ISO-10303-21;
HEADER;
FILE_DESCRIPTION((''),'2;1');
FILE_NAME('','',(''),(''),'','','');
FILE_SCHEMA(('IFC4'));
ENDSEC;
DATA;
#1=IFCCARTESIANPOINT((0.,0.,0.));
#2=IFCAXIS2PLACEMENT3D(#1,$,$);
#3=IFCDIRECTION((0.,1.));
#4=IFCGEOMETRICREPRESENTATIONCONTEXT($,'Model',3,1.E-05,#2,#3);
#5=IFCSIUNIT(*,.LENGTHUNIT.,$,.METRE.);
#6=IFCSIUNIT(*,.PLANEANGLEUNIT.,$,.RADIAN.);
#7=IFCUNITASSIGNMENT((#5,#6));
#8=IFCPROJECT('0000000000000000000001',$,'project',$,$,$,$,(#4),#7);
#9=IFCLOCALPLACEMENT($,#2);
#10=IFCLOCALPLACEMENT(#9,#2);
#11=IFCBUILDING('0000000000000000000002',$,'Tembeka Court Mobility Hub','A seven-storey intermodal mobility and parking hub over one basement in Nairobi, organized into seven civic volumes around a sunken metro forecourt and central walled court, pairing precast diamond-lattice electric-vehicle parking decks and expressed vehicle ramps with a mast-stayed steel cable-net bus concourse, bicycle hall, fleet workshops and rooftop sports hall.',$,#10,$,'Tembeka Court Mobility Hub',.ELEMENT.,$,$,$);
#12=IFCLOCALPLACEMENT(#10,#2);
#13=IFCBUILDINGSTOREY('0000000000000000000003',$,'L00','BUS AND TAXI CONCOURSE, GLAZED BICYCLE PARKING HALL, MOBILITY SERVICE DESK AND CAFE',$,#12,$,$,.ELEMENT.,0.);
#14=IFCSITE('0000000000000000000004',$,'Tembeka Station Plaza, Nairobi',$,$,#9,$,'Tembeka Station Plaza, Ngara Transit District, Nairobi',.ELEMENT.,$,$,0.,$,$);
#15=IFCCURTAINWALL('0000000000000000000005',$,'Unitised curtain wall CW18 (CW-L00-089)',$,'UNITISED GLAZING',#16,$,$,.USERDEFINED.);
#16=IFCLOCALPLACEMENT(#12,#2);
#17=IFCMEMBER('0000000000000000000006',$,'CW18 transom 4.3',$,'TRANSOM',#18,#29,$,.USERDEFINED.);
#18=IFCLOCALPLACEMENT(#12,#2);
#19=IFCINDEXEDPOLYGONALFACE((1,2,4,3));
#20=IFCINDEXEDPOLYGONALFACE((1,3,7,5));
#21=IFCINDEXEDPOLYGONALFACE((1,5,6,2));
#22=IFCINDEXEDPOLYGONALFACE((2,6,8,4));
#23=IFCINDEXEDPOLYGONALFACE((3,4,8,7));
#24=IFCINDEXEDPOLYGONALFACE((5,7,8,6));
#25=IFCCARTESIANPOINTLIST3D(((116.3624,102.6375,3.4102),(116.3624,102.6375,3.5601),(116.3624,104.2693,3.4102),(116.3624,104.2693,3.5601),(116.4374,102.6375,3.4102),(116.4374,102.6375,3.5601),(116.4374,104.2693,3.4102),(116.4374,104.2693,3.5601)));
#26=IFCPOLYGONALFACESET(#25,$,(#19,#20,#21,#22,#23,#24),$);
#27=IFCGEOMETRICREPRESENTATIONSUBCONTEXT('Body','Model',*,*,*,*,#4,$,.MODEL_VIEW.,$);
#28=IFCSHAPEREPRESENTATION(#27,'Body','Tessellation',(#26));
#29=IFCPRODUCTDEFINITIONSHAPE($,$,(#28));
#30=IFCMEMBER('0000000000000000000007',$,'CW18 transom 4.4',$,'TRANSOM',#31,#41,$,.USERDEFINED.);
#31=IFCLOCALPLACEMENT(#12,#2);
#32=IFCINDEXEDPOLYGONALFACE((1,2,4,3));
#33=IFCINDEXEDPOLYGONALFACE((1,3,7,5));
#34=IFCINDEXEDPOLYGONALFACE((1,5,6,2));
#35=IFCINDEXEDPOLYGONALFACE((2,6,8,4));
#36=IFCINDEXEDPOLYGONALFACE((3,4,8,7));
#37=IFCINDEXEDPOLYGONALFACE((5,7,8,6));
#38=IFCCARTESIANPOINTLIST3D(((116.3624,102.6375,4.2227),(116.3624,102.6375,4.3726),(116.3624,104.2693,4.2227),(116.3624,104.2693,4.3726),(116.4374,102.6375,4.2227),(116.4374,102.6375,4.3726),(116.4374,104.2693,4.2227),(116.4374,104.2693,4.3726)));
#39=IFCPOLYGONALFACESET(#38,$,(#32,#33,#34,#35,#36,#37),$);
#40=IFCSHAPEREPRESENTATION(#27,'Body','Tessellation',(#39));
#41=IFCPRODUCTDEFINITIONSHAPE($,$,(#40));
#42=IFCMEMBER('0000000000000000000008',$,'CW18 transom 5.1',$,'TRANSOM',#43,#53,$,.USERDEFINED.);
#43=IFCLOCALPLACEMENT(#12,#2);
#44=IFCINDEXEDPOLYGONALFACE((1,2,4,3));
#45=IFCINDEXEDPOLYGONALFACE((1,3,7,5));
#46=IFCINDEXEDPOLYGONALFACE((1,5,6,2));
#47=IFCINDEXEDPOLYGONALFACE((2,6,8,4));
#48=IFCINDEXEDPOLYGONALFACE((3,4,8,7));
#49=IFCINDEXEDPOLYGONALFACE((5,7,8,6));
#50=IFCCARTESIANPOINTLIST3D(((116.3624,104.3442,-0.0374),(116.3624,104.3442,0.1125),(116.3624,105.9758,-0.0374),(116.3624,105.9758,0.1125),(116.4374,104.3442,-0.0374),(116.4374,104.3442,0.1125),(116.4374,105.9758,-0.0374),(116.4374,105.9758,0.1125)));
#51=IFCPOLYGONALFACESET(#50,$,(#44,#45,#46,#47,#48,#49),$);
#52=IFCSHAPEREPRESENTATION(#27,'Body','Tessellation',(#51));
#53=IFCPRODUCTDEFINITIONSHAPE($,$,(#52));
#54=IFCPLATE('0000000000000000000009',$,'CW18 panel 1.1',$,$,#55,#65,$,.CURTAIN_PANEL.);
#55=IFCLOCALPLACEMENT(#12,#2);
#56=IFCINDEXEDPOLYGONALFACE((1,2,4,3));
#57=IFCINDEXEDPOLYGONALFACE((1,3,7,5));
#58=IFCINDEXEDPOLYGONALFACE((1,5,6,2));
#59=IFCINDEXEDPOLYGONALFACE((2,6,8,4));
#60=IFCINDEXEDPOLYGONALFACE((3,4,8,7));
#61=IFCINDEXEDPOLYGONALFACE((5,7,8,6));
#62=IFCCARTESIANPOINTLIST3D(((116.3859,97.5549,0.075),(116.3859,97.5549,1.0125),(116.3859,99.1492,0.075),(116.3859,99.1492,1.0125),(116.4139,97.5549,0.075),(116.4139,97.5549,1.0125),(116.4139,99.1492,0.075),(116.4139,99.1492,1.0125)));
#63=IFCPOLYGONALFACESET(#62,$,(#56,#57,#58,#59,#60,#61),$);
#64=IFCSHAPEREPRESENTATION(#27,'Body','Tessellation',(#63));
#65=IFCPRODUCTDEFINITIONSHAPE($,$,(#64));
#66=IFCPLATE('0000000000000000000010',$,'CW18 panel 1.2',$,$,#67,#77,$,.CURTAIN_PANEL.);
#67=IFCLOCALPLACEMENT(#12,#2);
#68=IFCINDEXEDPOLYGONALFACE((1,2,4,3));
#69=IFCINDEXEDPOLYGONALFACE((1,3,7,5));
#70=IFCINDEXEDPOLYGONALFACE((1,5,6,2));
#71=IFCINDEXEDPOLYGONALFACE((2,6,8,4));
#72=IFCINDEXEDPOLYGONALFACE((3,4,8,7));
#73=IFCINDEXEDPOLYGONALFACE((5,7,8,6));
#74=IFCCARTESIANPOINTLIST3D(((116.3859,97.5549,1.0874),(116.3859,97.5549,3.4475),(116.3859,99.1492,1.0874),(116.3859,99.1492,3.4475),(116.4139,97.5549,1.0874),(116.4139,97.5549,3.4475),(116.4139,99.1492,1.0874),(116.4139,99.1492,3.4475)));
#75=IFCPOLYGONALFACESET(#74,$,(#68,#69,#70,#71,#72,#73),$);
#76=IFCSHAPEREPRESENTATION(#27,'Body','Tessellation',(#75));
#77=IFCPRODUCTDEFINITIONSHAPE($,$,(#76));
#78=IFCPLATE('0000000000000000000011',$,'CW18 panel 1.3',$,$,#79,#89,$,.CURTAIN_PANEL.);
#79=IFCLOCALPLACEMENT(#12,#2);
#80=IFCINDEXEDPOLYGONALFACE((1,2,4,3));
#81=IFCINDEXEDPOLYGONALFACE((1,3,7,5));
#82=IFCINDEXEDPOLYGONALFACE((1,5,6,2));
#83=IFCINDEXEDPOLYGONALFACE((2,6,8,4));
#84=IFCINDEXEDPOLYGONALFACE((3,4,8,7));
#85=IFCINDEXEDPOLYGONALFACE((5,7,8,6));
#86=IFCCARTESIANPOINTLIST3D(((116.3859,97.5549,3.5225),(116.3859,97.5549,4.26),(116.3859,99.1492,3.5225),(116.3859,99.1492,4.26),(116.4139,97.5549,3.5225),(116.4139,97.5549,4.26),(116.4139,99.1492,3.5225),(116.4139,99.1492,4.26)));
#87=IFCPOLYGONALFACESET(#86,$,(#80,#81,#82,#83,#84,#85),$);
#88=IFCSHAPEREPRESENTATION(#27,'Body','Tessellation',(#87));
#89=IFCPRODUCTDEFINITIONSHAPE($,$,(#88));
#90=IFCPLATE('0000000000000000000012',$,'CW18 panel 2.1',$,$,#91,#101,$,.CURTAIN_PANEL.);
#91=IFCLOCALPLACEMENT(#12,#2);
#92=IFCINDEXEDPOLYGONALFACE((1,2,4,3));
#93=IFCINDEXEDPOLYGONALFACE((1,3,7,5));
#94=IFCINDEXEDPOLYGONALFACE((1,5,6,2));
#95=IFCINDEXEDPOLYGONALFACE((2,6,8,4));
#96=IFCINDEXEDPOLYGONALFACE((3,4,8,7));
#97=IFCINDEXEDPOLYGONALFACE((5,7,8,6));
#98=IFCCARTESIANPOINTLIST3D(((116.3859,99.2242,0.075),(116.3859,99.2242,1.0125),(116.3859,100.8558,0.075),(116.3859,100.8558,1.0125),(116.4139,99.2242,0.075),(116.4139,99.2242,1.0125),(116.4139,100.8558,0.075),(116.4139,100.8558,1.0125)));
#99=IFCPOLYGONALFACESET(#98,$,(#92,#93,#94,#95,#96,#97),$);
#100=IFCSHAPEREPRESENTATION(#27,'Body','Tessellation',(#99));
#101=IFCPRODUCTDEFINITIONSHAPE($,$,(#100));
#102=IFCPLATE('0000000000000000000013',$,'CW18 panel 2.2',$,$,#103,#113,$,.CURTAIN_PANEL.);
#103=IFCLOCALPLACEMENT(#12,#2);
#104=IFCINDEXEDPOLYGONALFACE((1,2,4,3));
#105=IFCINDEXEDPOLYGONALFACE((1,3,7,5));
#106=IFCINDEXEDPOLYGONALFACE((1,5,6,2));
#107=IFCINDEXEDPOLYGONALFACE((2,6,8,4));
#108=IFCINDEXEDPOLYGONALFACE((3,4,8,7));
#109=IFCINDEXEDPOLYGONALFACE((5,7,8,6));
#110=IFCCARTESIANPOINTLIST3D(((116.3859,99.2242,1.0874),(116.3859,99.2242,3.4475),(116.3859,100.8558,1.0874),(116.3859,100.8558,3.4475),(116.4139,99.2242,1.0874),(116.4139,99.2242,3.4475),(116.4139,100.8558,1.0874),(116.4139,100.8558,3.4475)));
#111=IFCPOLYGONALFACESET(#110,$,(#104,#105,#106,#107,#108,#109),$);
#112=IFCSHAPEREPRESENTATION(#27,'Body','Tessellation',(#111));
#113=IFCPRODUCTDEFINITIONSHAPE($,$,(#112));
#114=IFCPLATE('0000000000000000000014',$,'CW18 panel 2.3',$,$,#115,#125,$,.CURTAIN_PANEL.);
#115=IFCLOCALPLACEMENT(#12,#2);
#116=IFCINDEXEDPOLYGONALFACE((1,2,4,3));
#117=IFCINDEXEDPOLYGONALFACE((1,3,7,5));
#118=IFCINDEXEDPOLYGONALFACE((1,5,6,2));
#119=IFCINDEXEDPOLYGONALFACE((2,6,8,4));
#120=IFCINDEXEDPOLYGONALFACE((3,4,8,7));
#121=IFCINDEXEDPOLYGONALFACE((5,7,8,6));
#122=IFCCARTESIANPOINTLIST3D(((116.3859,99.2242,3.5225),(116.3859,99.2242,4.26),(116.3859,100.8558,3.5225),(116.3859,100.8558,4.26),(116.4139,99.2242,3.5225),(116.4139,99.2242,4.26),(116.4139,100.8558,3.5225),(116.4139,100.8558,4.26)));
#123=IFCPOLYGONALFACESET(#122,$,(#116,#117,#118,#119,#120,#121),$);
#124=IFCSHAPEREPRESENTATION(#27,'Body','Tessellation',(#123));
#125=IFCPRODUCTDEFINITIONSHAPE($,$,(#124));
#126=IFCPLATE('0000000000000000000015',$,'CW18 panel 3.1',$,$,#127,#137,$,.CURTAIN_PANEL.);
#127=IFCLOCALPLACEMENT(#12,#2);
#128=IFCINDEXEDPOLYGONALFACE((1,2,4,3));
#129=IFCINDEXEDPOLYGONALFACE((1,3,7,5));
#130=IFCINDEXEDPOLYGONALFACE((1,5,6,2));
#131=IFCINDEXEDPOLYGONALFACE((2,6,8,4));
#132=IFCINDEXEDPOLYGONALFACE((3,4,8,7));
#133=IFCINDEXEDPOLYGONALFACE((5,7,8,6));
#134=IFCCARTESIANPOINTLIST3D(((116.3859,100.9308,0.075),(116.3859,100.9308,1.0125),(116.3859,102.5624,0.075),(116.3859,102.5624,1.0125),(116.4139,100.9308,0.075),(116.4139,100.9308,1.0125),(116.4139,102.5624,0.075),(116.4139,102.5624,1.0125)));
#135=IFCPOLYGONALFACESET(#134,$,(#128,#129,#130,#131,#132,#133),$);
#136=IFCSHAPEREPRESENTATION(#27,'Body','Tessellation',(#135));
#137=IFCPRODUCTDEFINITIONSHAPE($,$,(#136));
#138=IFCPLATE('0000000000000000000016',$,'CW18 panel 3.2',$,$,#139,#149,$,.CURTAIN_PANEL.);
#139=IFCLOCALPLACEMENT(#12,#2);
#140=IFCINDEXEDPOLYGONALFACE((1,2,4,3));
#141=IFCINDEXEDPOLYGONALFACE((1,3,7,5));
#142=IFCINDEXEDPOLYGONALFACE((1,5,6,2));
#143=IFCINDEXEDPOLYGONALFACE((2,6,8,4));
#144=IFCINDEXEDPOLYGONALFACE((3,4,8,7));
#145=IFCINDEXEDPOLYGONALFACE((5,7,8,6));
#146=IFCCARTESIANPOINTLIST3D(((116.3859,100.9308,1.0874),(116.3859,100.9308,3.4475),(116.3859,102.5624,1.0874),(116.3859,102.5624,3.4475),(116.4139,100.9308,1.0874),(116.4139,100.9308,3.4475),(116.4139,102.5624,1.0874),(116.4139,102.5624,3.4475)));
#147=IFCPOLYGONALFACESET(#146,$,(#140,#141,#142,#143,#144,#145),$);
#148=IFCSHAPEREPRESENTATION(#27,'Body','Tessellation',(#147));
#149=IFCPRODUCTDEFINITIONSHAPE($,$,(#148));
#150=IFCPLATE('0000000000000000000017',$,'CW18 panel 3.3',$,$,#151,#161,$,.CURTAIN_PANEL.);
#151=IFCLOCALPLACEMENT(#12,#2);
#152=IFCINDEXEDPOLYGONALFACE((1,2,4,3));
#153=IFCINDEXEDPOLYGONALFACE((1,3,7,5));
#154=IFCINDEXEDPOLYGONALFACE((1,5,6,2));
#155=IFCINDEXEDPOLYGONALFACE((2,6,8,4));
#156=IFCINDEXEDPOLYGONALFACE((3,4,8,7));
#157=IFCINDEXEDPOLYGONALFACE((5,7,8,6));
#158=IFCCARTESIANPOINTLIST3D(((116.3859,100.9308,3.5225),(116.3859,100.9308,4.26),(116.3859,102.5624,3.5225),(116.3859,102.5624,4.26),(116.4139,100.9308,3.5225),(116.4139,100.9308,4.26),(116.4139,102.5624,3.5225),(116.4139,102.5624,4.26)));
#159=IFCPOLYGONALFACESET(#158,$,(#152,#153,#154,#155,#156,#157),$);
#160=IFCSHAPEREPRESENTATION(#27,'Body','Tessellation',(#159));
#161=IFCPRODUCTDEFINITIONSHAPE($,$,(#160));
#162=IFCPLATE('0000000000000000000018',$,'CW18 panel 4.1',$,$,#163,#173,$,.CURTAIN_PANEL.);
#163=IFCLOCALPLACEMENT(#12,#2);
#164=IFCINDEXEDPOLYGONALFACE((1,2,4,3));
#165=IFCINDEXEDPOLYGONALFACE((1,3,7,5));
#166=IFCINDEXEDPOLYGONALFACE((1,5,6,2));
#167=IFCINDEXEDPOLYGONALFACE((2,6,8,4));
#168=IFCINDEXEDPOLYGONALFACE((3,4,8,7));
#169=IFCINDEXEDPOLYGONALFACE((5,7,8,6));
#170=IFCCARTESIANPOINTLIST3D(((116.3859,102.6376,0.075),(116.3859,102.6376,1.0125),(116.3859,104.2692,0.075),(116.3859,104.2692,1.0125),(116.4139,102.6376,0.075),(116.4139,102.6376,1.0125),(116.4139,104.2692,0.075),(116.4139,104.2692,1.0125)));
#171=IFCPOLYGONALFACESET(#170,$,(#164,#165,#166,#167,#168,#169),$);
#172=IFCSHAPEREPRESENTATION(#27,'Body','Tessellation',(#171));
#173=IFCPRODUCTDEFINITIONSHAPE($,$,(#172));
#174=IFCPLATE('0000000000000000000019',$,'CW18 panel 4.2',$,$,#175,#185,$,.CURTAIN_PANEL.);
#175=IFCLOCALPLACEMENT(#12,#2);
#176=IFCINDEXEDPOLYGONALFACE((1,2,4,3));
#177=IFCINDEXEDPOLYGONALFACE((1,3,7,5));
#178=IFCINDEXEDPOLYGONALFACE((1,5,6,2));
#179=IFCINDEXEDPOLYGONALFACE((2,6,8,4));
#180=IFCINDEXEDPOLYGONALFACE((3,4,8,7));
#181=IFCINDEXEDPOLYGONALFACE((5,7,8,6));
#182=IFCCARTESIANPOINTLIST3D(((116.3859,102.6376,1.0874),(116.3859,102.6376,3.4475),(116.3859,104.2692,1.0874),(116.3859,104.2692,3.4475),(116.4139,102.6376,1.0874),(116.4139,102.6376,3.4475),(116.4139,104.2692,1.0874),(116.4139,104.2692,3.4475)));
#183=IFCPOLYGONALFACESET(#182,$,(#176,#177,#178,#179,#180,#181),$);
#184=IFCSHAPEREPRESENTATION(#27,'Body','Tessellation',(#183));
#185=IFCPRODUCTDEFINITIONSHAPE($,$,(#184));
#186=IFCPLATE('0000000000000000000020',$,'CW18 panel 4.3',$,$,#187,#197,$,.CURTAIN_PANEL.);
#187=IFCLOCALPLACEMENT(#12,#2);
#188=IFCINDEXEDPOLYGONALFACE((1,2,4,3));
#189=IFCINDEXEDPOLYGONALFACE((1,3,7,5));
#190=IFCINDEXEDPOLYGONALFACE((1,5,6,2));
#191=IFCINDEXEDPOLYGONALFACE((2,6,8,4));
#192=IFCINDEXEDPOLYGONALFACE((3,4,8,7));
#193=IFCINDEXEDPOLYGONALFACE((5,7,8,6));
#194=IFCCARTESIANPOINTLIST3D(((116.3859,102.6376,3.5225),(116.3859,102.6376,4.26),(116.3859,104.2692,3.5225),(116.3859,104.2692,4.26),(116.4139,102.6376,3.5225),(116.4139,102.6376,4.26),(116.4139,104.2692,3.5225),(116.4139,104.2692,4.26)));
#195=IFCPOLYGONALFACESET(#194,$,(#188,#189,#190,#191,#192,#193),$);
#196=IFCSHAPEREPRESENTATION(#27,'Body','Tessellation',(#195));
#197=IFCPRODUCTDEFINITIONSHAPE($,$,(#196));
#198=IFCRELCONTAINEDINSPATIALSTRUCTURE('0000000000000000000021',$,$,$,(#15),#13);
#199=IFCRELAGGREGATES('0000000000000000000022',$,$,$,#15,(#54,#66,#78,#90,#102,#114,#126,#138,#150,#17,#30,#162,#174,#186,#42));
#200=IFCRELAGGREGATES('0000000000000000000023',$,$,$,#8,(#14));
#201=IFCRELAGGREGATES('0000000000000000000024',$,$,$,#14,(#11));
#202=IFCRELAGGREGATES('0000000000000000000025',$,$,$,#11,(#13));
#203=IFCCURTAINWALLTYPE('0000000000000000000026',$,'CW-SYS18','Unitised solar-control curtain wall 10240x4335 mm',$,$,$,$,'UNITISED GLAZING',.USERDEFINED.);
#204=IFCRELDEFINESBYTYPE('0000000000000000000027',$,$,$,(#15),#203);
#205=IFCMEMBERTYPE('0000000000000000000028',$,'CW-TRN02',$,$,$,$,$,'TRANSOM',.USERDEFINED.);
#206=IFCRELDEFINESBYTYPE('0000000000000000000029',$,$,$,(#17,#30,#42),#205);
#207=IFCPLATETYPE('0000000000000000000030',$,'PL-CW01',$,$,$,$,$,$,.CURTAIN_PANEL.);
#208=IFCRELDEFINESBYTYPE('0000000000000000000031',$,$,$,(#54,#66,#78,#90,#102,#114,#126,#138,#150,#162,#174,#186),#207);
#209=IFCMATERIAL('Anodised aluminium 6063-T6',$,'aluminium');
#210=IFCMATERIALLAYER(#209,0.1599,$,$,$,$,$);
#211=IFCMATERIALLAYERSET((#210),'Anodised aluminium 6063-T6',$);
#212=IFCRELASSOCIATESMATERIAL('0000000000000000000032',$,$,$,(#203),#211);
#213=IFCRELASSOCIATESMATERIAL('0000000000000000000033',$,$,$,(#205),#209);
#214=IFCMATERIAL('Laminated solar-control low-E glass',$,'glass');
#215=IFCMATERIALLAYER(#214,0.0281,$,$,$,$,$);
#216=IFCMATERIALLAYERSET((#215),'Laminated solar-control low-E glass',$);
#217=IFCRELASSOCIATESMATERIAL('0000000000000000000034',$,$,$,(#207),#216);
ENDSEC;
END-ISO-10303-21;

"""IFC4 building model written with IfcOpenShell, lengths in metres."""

from ifc_helpers import new_model, si_unit, direction, frame, origin, origin_2d, place, context, subcontext, project, spatial, rectangle, extrude, material, layer, layer_set, material_profile, profile_set, type_object, element, aggregate, save


model = new_model("IFC4")

# Units and contexts
model_context = context("Model", 3, precision=1e-05, world=origin(), true_north=direction((0.0, 1.0)))
body_context = subcontext(model_context, "Body", "Model", "MODEL_VIEW")
ifc_project = project(units=[si_unit("LENGTHUNIT", "METRE"), si_unit("PLANEANGLEUNIT", "RADIAN")], contexts=[model_context])

# Site, building, storey
site_placement = place(None, origin())
site = spatial("IfcSite", under=ifc_project, at=site_placement, Name="Tembeka Station Plaza, Nairobi", LongName="Tembeka Station Plaza, Ngara Transit District, Nairobi", CompositionType="ELEMENT", RefElevation=0.0)
building_placement = place(site_placement, origin())
building = spatial("IfcBuilding", under=site, at=building_placement, Name="Tembeka Court Mobility Hub", Description="A seven-storey intermodal mobility and parking hub over one basement in Nairobi, organized into seven civic volumes around a sunken metro forecourt and central walled court, pairing precast diamond-lattice electric-vehicle parking decks and expressed vehicle ramps with a mast-stayed steel cable-net bus concourse, bicycle hall, fleet workshops and rooftop sports hall.", LongName="Tembeka Court Mobility Hub", CompositionType="ELEMENT")
storey_placement = place(building_placement, origin())
storey = spatial("IfcBuildingStorey", under=building, at=storey_placement, Name="L00", Description="BUS AND TAXI CONCOURSE, GLAZED BICYCLE PARKING HALL, MOBILITY SERVICE DESK AND CAFE", CompositionType="ELEMENT", Elevation=0.0)

# Curtain wall, members, plates
ifc_material_1 = material(Name="Anodised aluminium 6063-T6", Category="aluminium")
ifc_layer_1 = layer(ifc_material_1, 0.1599)
ifc_layer_set_1 = layer_set([ifc_layer_1], Name="Anodised aluminium 6063-T6")
curtain_wall_type = type_object("IfcCurtainWallType", Name="CW-SYS18", Description="Unitised solar-control curtain wall 10240x4335 mm", ElementType="UNITISED GLAZING", PredefinedType="USERDEFINED", material=ifc_layer_set_1)
curtain_wall_placement = place(storey_placement, origin())
curtain_wall = element("IfcCurtainWall", 1, at=curtain_wall_placement, inside=storey, type_object=curtain_wall_type, Name="Unitised curtain wall CW18 (CW-L00-089)", ObjectType="UNITISED GLAZING", PredefinedType="USERDEFINED")
ifc_material_profile_1 = material_profile(ifc_material_1, rectangle(XDim=0.075, YDim=0.1499, at=origin_2d()), Name="ALU-TRN 75x150")
ifc_profile_set_1 = profile_set([ifc_material_profile_1], Name="Anodised aluminium 6063-T6")
member_type_1 = type_object("IfcMemberType", Name="CW-TRN02", ElementType="TRANSOM", PredefinedType="USERDEFINED", material=ifc_profile_set_1)
member_1_placement = place(storey_placement, frame((116.3999, 102.6375, 3.4851), z_axis=(0.0, 1.0, 0.0), x_axis=(-1.0, 0.0, 0.0)))
member_1 = element("IfcMember", 2, at=member_1_placement, type_object=member_type_1, Name="CW18 transom 4.3", ObjectType="TRANSOM", PredefinedType="USERDEFINED", context=body_context, shape_type="SweptSolid", body=[
    extrude(rectangle(XDim=0.075, YDim=0.1499, at=origin_2d()), origin(), (0.0, 0.0, 1.0), 1.6318),
])
member_2_placement = place(storey_placement, frame((116.3999, 102.6375, 4.2976), z_axis=(0.0, 1.0, 0.0), x_axis=(-1.0, 0.0, 0.0)))
member_2 = element("IfcMember", 3, at=member_2_placement, type_object=member_type_1, Name="CW18 transom 4.4", ObjectType="TRANSOM", PredefinedType="USERDEFINED", context=body_context, shape_type="SweptSolid", body=[
    extrude(rectangle(XDim=0.075, YDim=0.1499, at=origin_2d()), origin(), (0.0, 0.0, 1.0), 1.6318),
])
member_3_placement = place(storey_placement, frame((116.3999, 104.3442, 0.0376), z_axis=(0.0, 1.0, 0.0), x_axis=(-1.0, 0.0, 0.0)))
member_3 = element("IfcMember", 4, at=member_3_placement, type_object=member_type_1, Name="CW18 transom 5.1", ObjectType="TRANSOM", PredefinedType="USERDEFINED", context=body_context, shape_type="SweptSolid", body=[
    extrude(rectangle(XDim=0.075, YDim=0.1499, at=origin_2d()), origin(), (0.0, 0.0, 1.0), 1.6316),
])
ifc_material_2 = material(Name="Laminated solar-control low-E glass", Category="glass")
ifc_layer_2 = layer(ifc_material_2, 0.0281)
ifc_layer_set_2 = layer_set([ifc_layer_2], Name="Laminated solar-control low-E glass")
plate_type = type_object("IfcPlateType", Name="PL-CW01", PredefinedType="CURTAIN_PANEL", material=ifc_layer_set_2)
plate_1_placement = place(storey_placement, frame((116.3999, 98.3521, 0.075), z_axis=(0.0, 0.0, 1.0), x_axis=(0.0, 1.0, 0.0)))
plate_1 = element("IfcPlate", 5, at=plate_1_placement, type_object=plate_type, Name="CW18 panel 1.1", PredefinedType="CURTAIN_PANEL", context=body_context, shape_type="SweptSolid", body=[
    extrude(rectangle(XDim=1.5942, YDim=0.0281, at=origin_2d()), origin(), (0.0, 0.0, 1.0), 0.9375),
])
plate_2_placement = place(storey_placement, frame((116.3999, 98.3521, 1.0874), z_axis=(0.0, 0.0, 1.0), x_axis=(0.0, 1.0, 0.0)))
plate_2 = element("IfcPlate", 6, at=plate_2_placement, type_object=plate_type, Name="CW18 panel 1.2", PredefinedType="CURTAIN_PANEL", context=body_context, shape_type="SweptSolid", body=[
    extrude(rectangle(XDim=1.5942, YDim=0.0281, at=origin_2d()), origin(), (0.0, 0.0, 1.0), 2.3601),
])
plate_3_placement = place(storey_placement, frame((116.3999, 98.3521, 3.5225), z_axis=(0.0, 0.0, 1.0), x_axis=(0.0, 1.0, 0.0)))
plate_3 = element("IfcPlate", 7, at=plate_3_placement, type_object=plate_type, Name="CW18 panel 1.3", PredefinedType="CURTAIN_PANEL", context=body_context, shape_type="SweptSolid", body=[
    extrude(rectangle(XDim=1.5942, YDim=0.0281, at=origin_2d()), origin(), (0.0, 0.0, 1.0), 0.7375),
])
plate_4_placement = place(storey_placement, frame((116.3999, 100.04, 0.075), z_axis=(0.0, 0.0, 1.0), x_axis=(0.0, 1.0, 0.0)))
plate_4 = element("IfcPlate", 8, at=plate_4_placement, type_object=plate_type, Name="CW18 panel 2.1", PredefinedType="CURTAIN_PANEL", context=body_context, shape_type="SweptSolid", body=[
    extrude(rectangle(XDim=1.6316, YDim=0.0281, at=origin_2d()), origin(), (0.0, 0.0, 1.0), 0.9375),
])
plate_5_placement = place(storey_placement, frame((116.3999, 100.04, 1.0874), z_axis=(0.0, 0.0, 1.0), x_axis=(0.0, 1.0, 0.0)))
plate_5 = element("IfcPlate", 9, at=plate_5_placement, type_object=plate_type, Name="CW18 panel 2.2", PredefinedType="CURTAIN_PANEL", context=body_context, shape_type="SweptSolid", body=[
    extrude(rectangle(XDim=1.6316, YDim=0.0281, at=origin_2d()), origin(), (0.0, 0.0, 1.0), 2.3601),
])
plate_6_placement = place(storey_placement, frame((116.3999, 100.04, 3.5225), z_axis=(0.0, 0.0, 1.0), x_axis=(0.0, 1.0, 0.0)))
plate_6 = element("IfcPlate", 10, at=plate_6_placement, type_object=plate_type, Name="CW18 panel 2.3", PredefinedType="CURTAIN_PANEL", context=body_context, shape_type="SweptSolid", body=[
    extrude(rectangle(XDim=1.6316, YDim=0.0281, at=origin_2d()), origin(), (0.0, 0.0, 1.0), 0.7375),
])
plate_7_placement = place(storey_placement, frame((116.3999, 101.7466, 0.075), z_axis=(0.0, 0.0, 1.0), x_axis=(0.0, 1.0, 0.0)))
plate_7 = element("IfcPlate", 11, at=plate_7_placement, type_object=plate_type, Name="CW18 panel 3.1", PredefinedType="CURTAIN_PANEL", context=body_context, shape_type="SweptSolid", body=[
    extrude(rectangle(XDim=1.6316, YDim=0.0281, at=origin_2d()), origin(), (0.0, 0.0, 1.0), 0.9375),
])
plate_8_placement = place(storey_placement, frame((116.3999, 101.7466, 1.0874), z_axis=(0.0, 0.0, 1.0), x_axis=(0.0, 1.0, 0.0)))
plate_8 = element("IfcPlate", 12, at=plate_8_placement, type_object=plate_type, Name="CW18 panel 3.2", PredefinedType="CURTAIN_PANEL", context=body_context, shape_type="SweptSolid", body=[
    extrude(rectangle(XDim=1.6316, YDim=0.0281, at=origin_2d()), origin(), (0.0, 0.0, 1.0), 2.3601),
])
plate_9_placement = place(storey_placement, frame((116.3999, 101.7466, 3.5225), z_axis=(0.0, 0.0, 1.0), x_axis=(0.0, 1.0, 0.0)))
plate_9 = element("IfcPlate", 13, at=plate_9_placement, type_object=plate_type, Name="CW18 panel 3.3", PredefinedType="CURTAIN_PANEL", context=body_context, shape_type="SweptSolid", body=[
    extrude(rectangle(XDim=1.6316, YDim=0.0281, at=origin_2d()), origin(), (0.0, 0.0, 1.0), 0.7375),
])
plate_10_placement = place(storey_placement, frame((116.3999, 103.4534, 0.075), z_axis=(0.0, 0.0, 1.0), x_axis=(0.0, 1.0, 0.0)))
plate_10 = element("IfcPlate", 14, at=plate_10_placement, type_object=plate_type, Name="CW18 panel 4.1", PredefinedType="CURTAIN_PANEL", context=body_context, shape_type="SweptSolid", body=[
    extrude(rectangle(XDim=1.6316, YDim=0.0281, at=origin_2d()), origin(), (0.0, 0.0, 1.0), 0.9375),
])
plate_11_placement = place(storey_placement, frame((116.3999, 103.4534, 1.0874), z_axis=(0.0, 0.0, 1.0), x_axis=(0.0, 1.0, 0.0)))
plate_11 = element("IfcPlate", 15, at=plate_11_placement, type_object=plate_type, Name="CW18 panel 4.2", PredefinedType="CURTAIN_PANEL", context=body_context, shape_type="SweptSolid", body=[
    extrude(rectangle(XDim=1.6316, YDim=0.0281, at=origin_2d()), origin(), (0.0, 0.0, 1.0), 2.3601),
])
plate_12_placement = place(storey_placement, frame((116.3999, 103.4534, 3.5225), z_axis=(0.0, 0.0, 1.0), x_axis=(0.0, 1.0, 0.0)))
plate_12 = element("IfcPlate", 16, at=plate_12_placement, type_object=plate_type, Name="CW18 panel 4.3", PredefinedType="CURTAIN_PANEL", context=body_context, shape_type="SweptSolid", body=[
    extrude(rectangle(XDim=1.6316, YDim=0.0281, at=origin_2d()), origin(), (0.0, 0.0, 1.0), 0.7375),
])
aggregate(curtain_wall, [plate_1, plate_2, plate_3, plate_4, plate_5, plate_6, plate_7, plate_8, plate_9, member_1, member_2, plate_10, plate_11, plate_12, member_3])

save(model, "model.ifc")
